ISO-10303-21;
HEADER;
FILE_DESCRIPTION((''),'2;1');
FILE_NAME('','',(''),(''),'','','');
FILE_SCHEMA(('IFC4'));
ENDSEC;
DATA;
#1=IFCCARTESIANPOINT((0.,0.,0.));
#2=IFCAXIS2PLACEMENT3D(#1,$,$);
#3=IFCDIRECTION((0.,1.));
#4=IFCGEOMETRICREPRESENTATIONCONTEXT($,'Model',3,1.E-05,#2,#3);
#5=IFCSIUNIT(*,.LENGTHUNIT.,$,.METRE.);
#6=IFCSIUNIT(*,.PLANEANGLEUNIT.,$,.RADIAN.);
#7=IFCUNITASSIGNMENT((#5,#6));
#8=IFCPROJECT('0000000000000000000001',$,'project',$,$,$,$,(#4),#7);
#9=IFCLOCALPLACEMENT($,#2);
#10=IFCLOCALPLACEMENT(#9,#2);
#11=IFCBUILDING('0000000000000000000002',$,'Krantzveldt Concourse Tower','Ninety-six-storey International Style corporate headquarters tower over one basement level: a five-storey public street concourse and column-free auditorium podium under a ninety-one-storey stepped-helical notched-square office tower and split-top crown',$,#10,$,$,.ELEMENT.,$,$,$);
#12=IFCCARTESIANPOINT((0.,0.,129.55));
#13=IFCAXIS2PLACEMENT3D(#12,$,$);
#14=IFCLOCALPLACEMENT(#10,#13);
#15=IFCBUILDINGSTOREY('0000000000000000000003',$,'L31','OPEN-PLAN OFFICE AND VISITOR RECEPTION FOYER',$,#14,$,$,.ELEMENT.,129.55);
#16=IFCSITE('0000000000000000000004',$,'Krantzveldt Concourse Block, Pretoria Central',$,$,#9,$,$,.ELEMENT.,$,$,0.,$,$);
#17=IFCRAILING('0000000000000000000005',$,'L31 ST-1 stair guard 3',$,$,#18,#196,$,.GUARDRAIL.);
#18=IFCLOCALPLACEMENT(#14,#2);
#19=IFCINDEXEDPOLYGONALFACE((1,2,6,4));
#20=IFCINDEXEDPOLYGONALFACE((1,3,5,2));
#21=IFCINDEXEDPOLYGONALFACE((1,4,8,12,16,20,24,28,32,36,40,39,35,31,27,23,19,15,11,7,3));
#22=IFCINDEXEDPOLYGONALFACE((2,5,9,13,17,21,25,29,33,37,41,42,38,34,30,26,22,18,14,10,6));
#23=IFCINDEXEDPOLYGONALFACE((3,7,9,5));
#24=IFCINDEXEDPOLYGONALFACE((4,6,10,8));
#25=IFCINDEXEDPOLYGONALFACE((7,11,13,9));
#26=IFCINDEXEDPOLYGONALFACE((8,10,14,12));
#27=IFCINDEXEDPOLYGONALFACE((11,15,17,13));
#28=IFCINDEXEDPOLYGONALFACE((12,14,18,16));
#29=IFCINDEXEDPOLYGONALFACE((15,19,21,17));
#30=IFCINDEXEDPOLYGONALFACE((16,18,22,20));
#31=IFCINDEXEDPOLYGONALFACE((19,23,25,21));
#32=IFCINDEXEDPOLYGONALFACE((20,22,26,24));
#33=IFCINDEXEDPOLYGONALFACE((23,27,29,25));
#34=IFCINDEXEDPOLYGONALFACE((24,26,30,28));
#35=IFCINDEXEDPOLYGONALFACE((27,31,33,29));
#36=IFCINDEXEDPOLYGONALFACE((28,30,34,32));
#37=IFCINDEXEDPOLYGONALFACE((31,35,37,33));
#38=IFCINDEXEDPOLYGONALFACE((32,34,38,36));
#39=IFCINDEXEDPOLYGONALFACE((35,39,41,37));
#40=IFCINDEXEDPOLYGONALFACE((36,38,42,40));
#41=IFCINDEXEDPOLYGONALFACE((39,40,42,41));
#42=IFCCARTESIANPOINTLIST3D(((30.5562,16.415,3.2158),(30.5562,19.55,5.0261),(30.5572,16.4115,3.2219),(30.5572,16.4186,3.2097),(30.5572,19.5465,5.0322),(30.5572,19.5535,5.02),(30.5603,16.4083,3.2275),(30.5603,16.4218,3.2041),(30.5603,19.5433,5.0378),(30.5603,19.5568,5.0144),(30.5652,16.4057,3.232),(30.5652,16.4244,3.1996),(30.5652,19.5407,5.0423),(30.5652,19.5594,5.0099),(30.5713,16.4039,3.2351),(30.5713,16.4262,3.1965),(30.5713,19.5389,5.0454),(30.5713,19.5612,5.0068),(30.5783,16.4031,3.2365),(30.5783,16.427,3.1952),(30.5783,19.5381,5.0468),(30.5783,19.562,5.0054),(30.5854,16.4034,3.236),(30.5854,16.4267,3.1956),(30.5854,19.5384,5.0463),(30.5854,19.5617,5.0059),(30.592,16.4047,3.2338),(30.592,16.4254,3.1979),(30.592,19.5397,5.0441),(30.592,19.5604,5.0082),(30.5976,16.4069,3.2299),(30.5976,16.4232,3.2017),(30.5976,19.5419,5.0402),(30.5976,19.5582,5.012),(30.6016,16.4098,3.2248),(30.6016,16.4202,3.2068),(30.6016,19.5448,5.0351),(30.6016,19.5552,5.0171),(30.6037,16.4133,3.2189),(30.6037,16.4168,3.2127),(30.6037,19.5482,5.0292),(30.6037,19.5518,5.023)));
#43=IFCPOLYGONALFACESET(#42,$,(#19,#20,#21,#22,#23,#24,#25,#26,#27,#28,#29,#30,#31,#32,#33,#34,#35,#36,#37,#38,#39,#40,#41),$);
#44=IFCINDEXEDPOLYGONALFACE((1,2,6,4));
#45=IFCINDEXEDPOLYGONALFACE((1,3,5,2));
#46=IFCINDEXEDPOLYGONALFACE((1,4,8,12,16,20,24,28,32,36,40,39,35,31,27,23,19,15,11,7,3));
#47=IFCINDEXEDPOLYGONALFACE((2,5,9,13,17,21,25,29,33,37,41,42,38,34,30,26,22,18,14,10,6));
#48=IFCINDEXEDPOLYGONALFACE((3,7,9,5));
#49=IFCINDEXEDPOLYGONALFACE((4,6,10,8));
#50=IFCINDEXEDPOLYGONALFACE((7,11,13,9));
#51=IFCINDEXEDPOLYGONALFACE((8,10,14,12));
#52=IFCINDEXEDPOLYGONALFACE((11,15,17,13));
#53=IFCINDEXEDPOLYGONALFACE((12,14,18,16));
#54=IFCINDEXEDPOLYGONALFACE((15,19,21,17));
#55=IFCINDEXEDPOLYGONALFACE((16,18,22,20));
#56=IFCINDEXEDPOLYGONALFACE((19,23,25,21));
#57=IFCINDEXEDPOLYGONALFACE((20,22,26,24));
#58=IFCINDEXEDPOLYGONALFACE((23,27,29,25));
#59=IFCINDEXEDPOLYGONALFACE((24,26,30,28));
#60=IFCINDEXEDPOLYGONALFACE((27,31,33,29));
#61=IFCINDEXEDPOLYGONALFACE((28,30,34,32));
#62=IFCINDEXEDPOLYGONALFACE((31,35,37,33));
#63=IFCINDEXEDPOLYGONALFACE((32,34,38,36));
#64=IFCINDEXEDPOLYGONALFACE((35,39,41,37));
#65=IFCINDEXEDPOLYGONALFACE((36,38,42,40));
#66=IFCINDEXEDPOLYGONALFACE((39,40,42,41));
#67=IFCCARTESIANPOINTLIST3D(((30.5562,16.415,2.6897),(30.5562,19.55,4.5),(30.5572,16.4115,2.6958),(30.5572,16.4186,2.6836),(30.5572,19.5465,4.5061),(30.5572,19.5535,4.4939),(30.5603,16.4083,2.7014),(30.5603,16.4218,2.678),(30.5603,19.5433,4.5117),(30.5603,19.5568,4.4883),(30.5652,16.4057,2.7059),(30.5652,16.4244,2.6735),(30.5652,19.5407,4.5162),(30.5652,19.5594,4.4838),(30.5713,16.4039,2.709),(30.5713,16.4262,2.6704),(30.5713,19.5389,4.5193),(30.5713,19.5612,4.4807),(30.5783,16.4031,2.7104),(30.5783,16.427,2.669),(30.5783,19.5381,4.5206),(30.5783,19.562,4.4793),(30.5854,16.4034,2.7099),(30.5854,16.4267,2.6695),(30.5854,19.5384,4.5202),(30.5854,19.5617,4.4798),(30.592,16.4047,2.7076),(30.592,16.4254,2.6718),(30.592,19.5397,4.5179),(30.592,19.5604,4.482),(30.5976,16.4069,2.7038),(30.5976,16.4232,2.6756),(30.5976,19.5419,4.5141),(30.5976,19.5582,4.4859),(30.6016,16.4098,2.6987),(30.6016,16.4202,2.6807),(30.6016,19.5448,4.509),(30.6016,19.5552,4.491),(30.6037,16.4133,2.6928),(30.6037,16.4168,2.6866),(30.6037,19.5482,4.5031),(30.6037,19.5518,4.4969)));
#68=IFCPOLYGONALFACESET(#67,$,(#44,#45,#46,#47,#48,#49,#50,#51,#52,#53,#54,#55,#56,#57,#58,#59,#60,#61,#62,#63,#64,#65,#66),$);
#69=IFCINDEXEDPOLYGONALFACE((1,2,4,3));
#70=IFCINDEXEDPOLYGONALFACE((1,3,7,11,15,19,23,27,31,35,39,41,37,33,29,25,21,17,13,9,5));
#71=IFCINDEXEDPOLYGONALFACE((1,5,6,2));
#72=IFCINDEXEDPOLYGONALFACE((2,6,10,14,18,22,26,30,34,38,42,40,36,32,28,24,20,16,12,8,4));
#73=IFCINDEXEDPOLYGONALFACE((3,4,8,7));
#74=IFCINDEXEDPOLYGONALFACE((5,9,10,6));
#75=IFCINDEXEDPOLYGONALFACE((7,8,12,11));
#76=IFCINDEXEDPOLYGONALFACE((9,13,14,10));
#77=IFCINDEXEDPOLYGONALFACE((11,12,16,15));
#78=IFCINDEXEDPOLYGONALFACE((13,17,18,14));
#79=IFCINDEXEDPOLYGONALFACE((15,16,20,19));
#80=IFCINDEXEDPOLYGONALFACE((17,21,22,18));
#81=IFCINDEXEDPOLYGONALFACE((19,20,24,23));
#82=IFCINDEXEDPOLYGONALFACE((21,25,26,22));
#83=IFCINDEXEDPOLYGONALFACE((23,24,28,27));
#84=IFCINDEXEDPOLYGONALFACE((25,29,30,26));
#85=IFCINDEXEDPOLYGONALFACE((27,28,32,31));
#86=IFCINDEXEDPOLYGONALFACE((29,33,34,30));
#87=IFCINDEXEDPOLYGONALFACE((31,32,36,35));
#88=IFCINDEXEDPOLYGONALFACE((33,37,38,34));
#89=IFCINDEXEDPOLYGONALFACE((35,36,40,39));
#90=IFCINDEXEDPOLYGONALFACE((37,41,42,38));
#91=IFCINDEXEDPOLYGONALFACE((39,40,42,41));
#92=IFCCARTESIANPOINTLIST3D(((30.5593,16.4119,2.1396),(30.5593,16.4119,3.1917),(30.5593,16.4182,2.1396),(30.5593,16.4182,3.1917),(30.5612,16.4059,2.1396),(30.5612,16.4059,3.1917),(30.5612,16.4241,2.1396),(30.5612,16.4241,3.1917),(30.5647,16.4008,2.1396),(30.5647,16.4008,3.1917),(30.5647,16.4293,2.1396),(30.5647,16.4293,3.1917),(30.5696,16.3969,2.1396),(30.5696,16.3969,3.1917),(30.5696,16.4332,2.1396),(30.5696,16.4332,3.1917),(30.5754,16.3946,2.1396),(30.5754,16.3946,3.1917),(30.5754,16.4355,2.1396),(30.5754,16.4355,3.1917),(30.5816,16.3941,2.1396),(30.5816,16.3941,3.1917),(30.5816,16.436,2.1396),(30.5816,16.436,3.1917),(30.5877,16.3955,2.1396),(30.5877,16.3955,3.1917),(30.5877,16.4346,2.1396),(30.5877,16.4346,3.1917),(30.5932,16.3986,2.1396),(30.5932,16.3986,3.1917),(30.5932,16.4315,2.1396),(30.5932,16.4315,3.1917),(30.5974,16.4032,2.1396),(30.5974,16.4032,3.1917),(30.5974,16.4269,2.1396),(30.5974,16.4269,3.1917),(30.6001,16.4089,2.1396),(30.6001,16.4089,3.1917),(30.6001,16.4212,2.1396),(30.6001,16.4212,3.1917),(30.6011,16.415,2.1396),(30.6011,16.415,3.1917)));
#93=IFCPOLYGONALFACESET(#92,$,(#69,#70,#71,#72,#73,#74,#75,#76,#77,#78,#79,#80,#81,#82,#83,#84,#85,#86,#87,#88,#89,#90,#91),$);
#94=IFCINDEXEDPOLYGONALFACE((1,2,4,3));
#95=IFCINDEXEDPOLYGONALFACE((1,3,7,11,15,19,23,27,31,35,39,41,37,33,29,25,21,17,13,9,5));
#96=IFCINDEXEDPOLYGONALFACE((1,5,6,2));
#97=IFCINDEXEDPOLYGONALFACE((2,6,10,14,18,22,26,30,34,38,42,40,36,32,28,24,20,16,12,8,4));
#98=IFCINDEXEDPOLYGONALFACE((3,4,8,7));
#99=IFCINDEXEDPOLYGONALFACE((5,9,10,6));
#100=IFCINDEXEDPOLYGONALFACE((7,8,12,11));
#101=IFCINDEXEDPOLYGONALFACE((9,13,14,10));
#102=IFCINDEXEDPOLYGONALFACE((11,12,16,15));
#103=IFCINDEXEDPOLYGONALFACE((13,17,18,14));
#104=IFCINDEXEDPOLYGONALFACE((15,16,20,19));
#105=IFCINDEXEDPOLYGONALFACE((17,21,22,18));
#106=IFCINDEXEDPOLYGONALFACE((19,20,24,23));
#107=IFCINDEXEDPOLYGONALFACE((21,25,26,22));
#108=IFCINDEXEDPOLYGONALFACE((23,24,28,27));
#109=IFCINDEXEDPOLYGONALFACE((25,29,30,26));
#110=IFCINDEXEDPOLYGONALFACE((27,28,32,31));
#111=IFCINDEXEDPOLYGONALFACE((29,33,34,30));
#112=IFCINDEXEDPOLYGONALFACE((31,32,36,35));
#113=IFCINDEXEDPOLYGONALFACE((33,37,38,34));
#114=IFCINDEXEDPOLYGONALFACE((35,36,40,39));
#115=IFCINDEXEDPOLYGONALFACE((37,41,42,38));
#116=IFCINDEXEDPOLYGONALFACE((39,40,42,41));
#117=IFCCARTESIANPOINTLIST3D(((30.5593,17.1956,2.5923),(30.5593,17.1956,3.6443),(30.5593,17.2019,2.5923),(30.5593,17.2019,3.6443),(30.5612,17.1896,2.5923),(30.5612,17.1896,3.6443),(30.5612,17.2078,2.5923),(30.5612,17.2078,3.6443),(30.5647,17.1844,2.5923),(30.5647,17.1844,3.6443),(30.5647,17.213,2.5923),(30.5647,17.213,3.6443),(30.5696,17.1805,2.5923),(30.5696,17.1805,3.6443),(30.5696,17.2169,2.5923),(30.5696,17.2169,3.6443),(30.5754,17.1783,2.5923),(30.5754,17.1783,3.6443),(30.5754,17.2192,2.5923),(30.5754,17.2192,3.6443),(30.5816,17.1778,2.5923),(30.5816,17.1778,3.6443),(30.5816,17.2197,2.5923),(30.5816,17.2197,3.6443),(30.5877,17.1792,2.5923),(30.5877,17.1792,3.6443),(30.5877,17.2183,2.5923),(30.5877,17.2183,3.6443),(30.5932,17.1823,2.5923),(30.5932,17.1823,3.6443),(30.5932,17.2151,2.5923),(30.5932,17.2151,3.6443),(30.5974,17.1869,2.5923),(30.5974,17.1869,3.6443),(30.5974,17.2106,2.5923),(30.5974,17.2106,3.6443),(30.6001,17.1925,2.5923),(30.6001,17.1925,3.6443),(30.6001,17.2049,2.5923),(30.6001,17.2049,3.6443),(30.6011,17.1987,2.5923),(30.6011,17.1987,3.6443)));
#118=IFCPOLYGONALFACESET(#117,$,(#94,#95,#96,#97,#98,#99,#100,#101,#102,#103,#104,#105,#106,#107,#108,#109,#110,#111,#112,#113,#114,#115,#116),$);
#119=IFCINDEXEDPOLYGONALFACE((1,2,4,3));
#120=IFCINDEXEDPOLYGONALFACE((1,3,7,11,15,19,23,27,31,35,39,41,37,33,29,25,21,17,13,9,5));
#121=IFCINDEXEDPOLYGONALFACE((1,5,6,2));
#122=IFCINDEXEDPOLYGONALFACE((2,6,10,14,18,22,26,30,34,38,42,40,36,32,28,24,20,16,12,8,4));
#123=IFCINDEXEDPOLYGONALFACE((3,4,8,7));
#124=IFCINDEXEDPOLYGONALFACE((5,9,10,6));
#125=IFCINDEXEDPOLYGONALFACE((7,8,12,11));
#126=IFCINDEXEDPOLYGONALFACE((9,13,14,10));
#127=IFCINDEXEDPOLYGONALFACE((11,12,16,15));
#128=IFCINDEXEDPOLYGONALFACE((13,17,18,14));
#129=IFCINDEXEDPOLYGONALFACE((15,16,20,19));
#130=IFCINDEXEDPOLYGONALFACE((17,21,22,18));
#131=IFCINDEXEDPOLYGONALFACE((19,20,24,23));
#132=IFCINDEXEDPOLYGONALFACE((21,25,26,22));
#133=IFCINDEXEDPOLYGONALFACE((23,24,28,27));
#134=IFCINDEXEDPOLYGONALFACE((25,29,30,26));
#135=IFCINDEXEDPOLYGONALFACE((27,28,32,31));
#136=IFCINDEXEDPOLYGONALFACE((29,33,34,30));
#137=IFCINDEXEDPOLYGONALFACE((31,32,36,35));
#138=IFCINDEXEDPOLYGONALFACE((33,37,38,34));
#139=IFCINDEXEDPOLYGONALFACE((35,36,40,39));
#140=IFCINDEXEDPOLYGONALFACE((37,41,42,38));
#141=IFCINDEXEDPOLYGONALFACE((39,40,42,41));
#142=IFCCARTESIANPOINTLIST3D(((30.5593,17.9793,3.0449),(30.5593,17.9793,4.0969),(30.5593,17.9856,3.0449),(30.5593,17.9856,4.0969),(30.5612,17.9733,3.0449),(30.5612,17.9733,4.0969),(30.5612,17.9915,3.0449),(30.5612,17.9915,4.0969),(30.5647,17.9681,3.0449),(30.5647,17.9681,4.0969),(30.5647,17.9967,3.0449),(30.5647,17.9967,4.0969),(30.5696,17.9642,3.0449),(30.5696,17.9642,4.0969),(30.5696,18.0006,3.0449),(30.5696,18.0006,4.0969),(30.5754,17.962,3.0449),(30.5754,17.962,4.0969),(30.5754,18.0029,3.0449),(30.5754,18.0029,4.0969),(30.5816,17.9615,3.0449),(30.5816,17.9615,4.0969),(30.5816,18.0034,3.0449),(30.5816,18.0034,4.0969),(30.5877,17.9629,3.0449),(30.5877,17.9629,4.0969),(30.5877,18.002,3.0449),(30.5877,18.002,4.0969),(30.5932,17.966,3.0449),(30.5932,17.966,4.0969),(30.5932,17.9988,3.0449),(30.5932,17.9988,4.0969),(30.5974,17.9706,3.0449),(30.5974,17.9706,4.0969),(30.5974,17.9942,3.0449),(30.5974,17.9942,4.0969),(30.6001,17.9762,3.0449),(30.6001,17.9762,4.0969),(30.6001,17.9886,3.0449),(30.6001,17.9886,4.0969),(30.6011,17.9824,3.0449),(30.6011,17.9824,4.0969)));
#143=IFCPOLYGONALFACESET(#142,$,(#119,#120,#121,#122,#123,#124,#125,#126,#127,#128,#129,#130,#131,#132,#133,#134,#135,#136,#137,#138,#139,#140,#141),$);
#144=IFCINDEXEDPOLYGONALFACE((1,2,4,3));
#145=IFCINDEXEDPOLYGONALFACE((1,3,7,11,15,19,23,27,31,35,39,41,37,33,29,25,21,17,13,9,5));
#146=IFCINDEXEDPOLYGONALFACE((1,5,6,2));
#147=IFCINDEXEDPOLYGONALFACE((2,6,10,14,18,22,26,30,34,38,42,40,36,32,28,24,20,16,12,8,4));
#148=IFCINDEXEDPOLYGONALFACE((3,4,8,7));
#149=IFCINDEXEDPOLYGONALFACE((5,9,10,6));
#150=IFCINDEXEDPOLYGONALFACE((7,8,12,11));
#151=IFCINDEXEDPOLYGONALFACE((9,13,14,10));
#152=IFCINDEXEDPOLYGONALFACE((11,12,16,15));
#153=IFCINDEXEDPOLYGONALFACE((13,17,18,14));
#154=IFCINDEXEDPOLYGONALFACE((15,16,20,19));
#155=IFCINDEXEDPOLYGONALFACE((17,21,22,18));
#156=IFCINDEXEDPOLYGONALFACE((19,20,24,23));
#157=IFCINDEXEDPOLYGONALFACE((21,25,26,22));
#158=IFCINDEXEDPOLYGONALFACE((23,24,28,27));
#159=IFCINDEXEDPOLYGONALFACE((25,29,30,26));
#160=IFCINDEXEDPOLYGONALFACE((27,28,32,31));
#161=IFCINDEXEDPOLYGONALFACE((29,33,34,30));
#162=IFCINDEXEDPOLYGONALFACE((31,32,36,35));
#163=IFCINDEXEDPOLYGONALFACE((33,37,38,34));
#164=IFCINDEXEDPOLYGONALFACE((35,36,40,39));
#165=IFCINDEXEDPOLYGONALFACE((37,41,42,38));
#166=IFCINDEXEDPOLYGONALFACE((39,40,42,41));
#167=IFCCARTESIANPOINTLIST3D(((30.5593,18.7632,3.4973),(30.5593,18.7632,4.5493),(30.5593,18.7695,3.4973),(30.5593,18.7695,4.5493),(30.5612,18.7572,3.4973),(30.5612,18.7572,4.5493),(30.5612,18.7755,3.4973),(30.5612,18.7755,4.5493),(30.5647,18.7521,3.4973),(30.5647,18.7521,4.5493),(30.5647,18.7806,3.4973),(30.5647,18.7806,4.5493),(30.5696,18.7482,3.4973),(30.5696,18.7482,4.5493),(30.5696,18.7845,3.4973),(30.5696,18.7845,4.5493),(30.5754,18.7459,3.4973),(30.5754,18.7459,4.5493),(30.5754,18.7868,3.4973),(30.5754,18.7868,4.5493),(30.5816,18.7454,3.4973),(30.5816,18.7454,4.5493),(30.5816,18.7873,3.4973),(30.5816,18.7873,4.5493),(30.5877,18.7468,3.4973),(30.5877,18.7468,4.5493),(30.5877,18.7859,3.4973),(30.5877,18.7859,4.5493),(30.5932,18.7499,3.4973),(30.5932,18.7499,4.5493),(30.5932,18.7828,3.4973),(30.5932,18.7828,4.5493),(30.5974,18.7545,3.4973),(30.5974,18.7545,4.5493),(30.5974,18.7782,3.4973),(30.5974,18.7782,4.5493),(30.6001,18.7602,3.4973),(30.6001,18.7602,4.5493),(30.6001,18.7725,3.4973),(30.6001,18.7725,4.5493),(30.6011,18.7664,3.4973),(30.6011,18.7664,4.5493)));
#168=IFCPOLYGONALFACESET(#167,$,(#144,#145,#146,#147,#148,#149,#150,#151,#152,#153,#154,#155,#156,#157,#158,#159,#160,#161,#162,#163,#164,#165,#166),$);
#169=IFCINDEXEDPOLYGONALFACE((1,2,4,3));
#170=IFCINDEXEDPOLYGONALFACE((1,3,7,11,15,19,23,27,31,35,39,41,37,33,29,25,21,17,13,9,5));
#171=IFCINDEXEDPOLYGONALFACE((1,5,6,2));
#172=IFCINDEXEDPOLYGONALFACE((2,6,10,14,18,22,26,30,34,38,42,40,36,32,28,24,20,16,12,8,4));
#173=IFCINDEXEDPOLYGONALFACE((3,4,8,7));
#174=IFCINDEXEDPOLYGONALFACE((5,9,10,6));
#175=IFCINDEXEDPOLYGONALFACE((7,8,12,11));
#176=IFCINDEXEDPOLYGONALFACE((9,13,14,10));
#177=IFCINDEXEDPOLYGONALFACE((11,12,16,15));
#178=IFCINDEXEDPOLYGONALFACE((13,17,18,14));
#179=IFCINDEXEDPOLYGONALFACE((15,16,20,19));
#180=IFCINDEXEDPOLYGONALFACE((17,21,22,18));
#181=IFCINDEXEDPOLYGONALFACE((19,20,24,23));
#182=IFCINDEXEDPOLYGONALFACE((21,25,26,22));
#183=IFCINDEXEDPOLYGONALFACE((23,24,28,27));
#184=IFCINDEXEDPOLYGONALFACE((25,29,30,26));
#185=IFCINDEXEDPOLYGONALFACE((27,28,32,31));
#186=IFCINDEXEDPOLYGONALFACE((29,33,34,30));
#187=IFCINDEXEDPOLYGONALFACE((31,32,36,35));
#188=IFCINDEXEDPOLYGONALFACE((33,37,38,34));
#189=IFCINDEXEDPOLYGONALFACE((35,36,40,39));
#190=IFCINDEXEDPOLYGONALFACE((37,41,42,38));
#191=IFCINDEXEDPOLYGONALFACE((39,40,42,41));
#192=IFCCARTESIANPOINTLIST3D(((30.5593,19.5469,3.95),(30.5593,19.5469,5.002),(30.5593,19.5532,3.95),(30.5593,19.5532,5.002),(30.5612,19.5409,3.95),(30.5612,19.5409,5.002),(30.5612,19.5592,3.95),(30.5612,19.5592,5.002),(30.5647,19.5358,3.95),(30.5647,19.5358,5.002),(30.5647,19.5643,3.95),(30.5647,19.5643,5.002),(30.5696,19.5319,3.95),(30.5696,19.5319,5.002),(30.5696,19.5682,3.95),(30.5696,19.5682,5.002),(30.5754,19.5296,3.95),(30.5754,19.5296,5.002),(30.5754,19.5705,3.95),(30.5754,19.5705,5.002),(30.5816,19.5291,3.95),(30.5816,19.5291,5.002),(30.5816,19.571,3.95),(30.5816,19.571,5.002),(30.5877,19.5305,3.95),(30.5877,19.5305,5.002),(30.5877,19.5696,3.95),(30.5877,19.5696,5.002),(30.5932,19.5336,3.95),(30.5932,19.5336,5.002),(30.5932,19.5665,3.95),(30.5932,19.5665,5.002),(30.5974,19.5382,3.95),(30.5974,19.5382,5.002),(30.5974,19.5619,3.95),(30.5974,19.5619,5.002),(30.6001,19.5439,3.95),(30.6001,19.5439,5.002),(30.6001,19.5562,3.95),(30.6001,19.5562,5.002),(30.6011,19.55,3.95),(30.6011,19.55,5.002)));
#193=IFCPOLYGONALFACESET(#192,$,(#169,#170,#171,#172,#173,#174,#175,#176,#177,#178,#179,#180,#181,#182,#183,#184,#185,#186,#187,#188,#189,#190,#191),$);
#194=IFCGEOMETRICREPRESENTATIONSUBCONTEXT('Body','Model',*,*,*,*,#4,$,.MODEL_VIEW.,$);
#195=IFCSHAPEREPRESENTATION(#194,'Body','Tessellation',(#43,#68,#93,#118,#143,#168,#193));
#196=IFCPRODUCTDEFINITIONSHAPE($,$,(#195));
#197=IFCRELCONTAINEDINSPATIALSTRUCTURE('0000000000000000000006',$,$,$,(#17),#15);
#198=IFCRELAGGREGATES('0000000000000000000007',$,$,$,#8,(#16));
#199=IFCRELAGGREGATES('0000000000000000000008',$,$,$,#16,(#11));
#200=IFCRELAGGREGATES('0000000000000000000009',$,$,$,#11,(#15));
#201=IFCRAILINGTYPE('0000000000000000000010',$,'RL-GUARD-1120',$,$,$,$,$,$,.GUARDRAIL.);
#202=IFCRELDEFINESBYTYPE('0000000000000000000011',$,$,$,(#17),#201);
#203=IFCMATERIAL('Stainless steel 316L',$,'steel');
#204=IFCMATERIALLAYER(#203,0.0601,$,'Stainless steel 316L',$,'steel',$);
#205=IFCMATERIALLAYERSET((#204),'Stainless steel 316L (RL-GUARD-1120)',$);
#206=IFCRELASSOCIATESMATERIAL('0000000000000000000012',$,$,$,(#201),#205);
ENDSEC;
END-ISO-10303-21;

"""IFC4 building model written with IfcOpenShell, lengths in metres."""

from ifc_helpers import new_model, si_unit, direction, frame, origin, origin_2d, place, context, subcontext, project, spatial, circle, extrude, material, layer, layer_set, type_object, element, save


model = new_model("IFC4")

# Units and contexts
model_context = context("Model", 3, precision=1e-05, world=origin(), true_north=direction((0.0, 1.0)))
body_context = subcontext(model_context, "Body", "Model", "MODEL_VIEW")
ifc_project = project(units=[si_unit("LENGTHUNIT", "METRE"), si_unit("PLANEANGLEUNIT", "RADIAN")], contexts=[model_context])

# Site, building, storey
site_placement = place(None, origin())
site = spatial("IfcSite", under=ifc_project, at=site_placement, Name="Krantzveldt Concourse Block, Pretoria Central", CompositionType="ELEMENT", RefElevation=0.0)
building_placement = place(site_placement, origin())
building = spatial("IfcBuilding", under=site, at=building_placement, Name="Krantzveldt Concourse Tower", Description="Ninety-six-storey International Style corporate headquarters tower over one basement level: a five-storey public street concourse and column-free auditorium podium under a ninety-one-storey stepped-helical notched-square office tower and split-top crown", CompositionType="ELEMENT")
storey_placement = place(building_placement, frame((0.0, 0.0, 129.55)))
storey = spatial("IfcBuildingStorey", under=building, at=storey_placement, Name="L31", Description="OPEN-PLAN OFFICE AND VISITOR RECEPTION FOYER", CompositionType="ELEMENT", Elevation=129.55)

# Shared definitions
ifc_material_1 = material(Name="Stainless steel 316L", Category="steel")

# Railing
ifc_layer_1 = layer(ifc_material_1, 0.0601, Name="Stainless steel 316L", Category="steel")
ifc_layer_set_1 = layer_set([ifc_layer_1], Name="Stainless steel 316L (RL-GUARD-1120)")
railing_type_1 = type_object("IfcRailingType", Name="RL-GUARD-1120", PredefinedType="GUARDRAIL", material=ifc_layer_set_1)
railing_1_placement = place(storey_placement, frame((30.5801, 16.415, 2.1396)))
element("IfcRailing", 1, at=railing_1_placement, inside=storey, type_object=railing_type_1, Name="L31 ST-1 stair guard 3", PredefinedType="GUARDRAIL", context=body_context, shape_type="SweptSolid", body=[
    extrude(circle(Radius=0.0239, at=origin_2d()), frame((0.0, 0.0, 1.0762), z_axis=(0.0, 0.865989, 0.500063), x_axis=(-1.0, 0.0, 0.0)), (0.0, 0.0, 1.0), 3.6201),
    extrude(circle(Radius=0.0239, at=origin_2d()), frame((0.0, 0.0, 0.55), z_axis=(0.0, 0.865989, 0.500063), x_axis=(-1.0, 0.0, 0.0)), (0.0, 0.0, 1.0), 3.6201),
    extrude(circle(Radius=0.021, at=origin_2d()), origin(), (0.0, 0.0, 1.0), 1.052),
    extrude(circle(Radius=0.021, at=origin_2d()), frame((0.0, 0.7837, 0.4526)), (0.0, 0.0, 1.0), 1.052),
    extrude(circle(Radius=0.021, at=origin_2d()), frame((0.0, 1.5674, 0.9053)), (0.0, 0.0, 1.0), 1.052),
    extrude(circle(Radius=0.021, at=origin_2d()), frame((0.0, 2.3513, 1.3577)), (0.0, 0.0, 1.0), 1.052),
    extrude(circle(Radius=0.021, at=origin_2d()), frame((0.0, 3.135, 1.8103)), (0.0, 0.0, 1.0), 1.052),
])

save(model, "model.ifc")
